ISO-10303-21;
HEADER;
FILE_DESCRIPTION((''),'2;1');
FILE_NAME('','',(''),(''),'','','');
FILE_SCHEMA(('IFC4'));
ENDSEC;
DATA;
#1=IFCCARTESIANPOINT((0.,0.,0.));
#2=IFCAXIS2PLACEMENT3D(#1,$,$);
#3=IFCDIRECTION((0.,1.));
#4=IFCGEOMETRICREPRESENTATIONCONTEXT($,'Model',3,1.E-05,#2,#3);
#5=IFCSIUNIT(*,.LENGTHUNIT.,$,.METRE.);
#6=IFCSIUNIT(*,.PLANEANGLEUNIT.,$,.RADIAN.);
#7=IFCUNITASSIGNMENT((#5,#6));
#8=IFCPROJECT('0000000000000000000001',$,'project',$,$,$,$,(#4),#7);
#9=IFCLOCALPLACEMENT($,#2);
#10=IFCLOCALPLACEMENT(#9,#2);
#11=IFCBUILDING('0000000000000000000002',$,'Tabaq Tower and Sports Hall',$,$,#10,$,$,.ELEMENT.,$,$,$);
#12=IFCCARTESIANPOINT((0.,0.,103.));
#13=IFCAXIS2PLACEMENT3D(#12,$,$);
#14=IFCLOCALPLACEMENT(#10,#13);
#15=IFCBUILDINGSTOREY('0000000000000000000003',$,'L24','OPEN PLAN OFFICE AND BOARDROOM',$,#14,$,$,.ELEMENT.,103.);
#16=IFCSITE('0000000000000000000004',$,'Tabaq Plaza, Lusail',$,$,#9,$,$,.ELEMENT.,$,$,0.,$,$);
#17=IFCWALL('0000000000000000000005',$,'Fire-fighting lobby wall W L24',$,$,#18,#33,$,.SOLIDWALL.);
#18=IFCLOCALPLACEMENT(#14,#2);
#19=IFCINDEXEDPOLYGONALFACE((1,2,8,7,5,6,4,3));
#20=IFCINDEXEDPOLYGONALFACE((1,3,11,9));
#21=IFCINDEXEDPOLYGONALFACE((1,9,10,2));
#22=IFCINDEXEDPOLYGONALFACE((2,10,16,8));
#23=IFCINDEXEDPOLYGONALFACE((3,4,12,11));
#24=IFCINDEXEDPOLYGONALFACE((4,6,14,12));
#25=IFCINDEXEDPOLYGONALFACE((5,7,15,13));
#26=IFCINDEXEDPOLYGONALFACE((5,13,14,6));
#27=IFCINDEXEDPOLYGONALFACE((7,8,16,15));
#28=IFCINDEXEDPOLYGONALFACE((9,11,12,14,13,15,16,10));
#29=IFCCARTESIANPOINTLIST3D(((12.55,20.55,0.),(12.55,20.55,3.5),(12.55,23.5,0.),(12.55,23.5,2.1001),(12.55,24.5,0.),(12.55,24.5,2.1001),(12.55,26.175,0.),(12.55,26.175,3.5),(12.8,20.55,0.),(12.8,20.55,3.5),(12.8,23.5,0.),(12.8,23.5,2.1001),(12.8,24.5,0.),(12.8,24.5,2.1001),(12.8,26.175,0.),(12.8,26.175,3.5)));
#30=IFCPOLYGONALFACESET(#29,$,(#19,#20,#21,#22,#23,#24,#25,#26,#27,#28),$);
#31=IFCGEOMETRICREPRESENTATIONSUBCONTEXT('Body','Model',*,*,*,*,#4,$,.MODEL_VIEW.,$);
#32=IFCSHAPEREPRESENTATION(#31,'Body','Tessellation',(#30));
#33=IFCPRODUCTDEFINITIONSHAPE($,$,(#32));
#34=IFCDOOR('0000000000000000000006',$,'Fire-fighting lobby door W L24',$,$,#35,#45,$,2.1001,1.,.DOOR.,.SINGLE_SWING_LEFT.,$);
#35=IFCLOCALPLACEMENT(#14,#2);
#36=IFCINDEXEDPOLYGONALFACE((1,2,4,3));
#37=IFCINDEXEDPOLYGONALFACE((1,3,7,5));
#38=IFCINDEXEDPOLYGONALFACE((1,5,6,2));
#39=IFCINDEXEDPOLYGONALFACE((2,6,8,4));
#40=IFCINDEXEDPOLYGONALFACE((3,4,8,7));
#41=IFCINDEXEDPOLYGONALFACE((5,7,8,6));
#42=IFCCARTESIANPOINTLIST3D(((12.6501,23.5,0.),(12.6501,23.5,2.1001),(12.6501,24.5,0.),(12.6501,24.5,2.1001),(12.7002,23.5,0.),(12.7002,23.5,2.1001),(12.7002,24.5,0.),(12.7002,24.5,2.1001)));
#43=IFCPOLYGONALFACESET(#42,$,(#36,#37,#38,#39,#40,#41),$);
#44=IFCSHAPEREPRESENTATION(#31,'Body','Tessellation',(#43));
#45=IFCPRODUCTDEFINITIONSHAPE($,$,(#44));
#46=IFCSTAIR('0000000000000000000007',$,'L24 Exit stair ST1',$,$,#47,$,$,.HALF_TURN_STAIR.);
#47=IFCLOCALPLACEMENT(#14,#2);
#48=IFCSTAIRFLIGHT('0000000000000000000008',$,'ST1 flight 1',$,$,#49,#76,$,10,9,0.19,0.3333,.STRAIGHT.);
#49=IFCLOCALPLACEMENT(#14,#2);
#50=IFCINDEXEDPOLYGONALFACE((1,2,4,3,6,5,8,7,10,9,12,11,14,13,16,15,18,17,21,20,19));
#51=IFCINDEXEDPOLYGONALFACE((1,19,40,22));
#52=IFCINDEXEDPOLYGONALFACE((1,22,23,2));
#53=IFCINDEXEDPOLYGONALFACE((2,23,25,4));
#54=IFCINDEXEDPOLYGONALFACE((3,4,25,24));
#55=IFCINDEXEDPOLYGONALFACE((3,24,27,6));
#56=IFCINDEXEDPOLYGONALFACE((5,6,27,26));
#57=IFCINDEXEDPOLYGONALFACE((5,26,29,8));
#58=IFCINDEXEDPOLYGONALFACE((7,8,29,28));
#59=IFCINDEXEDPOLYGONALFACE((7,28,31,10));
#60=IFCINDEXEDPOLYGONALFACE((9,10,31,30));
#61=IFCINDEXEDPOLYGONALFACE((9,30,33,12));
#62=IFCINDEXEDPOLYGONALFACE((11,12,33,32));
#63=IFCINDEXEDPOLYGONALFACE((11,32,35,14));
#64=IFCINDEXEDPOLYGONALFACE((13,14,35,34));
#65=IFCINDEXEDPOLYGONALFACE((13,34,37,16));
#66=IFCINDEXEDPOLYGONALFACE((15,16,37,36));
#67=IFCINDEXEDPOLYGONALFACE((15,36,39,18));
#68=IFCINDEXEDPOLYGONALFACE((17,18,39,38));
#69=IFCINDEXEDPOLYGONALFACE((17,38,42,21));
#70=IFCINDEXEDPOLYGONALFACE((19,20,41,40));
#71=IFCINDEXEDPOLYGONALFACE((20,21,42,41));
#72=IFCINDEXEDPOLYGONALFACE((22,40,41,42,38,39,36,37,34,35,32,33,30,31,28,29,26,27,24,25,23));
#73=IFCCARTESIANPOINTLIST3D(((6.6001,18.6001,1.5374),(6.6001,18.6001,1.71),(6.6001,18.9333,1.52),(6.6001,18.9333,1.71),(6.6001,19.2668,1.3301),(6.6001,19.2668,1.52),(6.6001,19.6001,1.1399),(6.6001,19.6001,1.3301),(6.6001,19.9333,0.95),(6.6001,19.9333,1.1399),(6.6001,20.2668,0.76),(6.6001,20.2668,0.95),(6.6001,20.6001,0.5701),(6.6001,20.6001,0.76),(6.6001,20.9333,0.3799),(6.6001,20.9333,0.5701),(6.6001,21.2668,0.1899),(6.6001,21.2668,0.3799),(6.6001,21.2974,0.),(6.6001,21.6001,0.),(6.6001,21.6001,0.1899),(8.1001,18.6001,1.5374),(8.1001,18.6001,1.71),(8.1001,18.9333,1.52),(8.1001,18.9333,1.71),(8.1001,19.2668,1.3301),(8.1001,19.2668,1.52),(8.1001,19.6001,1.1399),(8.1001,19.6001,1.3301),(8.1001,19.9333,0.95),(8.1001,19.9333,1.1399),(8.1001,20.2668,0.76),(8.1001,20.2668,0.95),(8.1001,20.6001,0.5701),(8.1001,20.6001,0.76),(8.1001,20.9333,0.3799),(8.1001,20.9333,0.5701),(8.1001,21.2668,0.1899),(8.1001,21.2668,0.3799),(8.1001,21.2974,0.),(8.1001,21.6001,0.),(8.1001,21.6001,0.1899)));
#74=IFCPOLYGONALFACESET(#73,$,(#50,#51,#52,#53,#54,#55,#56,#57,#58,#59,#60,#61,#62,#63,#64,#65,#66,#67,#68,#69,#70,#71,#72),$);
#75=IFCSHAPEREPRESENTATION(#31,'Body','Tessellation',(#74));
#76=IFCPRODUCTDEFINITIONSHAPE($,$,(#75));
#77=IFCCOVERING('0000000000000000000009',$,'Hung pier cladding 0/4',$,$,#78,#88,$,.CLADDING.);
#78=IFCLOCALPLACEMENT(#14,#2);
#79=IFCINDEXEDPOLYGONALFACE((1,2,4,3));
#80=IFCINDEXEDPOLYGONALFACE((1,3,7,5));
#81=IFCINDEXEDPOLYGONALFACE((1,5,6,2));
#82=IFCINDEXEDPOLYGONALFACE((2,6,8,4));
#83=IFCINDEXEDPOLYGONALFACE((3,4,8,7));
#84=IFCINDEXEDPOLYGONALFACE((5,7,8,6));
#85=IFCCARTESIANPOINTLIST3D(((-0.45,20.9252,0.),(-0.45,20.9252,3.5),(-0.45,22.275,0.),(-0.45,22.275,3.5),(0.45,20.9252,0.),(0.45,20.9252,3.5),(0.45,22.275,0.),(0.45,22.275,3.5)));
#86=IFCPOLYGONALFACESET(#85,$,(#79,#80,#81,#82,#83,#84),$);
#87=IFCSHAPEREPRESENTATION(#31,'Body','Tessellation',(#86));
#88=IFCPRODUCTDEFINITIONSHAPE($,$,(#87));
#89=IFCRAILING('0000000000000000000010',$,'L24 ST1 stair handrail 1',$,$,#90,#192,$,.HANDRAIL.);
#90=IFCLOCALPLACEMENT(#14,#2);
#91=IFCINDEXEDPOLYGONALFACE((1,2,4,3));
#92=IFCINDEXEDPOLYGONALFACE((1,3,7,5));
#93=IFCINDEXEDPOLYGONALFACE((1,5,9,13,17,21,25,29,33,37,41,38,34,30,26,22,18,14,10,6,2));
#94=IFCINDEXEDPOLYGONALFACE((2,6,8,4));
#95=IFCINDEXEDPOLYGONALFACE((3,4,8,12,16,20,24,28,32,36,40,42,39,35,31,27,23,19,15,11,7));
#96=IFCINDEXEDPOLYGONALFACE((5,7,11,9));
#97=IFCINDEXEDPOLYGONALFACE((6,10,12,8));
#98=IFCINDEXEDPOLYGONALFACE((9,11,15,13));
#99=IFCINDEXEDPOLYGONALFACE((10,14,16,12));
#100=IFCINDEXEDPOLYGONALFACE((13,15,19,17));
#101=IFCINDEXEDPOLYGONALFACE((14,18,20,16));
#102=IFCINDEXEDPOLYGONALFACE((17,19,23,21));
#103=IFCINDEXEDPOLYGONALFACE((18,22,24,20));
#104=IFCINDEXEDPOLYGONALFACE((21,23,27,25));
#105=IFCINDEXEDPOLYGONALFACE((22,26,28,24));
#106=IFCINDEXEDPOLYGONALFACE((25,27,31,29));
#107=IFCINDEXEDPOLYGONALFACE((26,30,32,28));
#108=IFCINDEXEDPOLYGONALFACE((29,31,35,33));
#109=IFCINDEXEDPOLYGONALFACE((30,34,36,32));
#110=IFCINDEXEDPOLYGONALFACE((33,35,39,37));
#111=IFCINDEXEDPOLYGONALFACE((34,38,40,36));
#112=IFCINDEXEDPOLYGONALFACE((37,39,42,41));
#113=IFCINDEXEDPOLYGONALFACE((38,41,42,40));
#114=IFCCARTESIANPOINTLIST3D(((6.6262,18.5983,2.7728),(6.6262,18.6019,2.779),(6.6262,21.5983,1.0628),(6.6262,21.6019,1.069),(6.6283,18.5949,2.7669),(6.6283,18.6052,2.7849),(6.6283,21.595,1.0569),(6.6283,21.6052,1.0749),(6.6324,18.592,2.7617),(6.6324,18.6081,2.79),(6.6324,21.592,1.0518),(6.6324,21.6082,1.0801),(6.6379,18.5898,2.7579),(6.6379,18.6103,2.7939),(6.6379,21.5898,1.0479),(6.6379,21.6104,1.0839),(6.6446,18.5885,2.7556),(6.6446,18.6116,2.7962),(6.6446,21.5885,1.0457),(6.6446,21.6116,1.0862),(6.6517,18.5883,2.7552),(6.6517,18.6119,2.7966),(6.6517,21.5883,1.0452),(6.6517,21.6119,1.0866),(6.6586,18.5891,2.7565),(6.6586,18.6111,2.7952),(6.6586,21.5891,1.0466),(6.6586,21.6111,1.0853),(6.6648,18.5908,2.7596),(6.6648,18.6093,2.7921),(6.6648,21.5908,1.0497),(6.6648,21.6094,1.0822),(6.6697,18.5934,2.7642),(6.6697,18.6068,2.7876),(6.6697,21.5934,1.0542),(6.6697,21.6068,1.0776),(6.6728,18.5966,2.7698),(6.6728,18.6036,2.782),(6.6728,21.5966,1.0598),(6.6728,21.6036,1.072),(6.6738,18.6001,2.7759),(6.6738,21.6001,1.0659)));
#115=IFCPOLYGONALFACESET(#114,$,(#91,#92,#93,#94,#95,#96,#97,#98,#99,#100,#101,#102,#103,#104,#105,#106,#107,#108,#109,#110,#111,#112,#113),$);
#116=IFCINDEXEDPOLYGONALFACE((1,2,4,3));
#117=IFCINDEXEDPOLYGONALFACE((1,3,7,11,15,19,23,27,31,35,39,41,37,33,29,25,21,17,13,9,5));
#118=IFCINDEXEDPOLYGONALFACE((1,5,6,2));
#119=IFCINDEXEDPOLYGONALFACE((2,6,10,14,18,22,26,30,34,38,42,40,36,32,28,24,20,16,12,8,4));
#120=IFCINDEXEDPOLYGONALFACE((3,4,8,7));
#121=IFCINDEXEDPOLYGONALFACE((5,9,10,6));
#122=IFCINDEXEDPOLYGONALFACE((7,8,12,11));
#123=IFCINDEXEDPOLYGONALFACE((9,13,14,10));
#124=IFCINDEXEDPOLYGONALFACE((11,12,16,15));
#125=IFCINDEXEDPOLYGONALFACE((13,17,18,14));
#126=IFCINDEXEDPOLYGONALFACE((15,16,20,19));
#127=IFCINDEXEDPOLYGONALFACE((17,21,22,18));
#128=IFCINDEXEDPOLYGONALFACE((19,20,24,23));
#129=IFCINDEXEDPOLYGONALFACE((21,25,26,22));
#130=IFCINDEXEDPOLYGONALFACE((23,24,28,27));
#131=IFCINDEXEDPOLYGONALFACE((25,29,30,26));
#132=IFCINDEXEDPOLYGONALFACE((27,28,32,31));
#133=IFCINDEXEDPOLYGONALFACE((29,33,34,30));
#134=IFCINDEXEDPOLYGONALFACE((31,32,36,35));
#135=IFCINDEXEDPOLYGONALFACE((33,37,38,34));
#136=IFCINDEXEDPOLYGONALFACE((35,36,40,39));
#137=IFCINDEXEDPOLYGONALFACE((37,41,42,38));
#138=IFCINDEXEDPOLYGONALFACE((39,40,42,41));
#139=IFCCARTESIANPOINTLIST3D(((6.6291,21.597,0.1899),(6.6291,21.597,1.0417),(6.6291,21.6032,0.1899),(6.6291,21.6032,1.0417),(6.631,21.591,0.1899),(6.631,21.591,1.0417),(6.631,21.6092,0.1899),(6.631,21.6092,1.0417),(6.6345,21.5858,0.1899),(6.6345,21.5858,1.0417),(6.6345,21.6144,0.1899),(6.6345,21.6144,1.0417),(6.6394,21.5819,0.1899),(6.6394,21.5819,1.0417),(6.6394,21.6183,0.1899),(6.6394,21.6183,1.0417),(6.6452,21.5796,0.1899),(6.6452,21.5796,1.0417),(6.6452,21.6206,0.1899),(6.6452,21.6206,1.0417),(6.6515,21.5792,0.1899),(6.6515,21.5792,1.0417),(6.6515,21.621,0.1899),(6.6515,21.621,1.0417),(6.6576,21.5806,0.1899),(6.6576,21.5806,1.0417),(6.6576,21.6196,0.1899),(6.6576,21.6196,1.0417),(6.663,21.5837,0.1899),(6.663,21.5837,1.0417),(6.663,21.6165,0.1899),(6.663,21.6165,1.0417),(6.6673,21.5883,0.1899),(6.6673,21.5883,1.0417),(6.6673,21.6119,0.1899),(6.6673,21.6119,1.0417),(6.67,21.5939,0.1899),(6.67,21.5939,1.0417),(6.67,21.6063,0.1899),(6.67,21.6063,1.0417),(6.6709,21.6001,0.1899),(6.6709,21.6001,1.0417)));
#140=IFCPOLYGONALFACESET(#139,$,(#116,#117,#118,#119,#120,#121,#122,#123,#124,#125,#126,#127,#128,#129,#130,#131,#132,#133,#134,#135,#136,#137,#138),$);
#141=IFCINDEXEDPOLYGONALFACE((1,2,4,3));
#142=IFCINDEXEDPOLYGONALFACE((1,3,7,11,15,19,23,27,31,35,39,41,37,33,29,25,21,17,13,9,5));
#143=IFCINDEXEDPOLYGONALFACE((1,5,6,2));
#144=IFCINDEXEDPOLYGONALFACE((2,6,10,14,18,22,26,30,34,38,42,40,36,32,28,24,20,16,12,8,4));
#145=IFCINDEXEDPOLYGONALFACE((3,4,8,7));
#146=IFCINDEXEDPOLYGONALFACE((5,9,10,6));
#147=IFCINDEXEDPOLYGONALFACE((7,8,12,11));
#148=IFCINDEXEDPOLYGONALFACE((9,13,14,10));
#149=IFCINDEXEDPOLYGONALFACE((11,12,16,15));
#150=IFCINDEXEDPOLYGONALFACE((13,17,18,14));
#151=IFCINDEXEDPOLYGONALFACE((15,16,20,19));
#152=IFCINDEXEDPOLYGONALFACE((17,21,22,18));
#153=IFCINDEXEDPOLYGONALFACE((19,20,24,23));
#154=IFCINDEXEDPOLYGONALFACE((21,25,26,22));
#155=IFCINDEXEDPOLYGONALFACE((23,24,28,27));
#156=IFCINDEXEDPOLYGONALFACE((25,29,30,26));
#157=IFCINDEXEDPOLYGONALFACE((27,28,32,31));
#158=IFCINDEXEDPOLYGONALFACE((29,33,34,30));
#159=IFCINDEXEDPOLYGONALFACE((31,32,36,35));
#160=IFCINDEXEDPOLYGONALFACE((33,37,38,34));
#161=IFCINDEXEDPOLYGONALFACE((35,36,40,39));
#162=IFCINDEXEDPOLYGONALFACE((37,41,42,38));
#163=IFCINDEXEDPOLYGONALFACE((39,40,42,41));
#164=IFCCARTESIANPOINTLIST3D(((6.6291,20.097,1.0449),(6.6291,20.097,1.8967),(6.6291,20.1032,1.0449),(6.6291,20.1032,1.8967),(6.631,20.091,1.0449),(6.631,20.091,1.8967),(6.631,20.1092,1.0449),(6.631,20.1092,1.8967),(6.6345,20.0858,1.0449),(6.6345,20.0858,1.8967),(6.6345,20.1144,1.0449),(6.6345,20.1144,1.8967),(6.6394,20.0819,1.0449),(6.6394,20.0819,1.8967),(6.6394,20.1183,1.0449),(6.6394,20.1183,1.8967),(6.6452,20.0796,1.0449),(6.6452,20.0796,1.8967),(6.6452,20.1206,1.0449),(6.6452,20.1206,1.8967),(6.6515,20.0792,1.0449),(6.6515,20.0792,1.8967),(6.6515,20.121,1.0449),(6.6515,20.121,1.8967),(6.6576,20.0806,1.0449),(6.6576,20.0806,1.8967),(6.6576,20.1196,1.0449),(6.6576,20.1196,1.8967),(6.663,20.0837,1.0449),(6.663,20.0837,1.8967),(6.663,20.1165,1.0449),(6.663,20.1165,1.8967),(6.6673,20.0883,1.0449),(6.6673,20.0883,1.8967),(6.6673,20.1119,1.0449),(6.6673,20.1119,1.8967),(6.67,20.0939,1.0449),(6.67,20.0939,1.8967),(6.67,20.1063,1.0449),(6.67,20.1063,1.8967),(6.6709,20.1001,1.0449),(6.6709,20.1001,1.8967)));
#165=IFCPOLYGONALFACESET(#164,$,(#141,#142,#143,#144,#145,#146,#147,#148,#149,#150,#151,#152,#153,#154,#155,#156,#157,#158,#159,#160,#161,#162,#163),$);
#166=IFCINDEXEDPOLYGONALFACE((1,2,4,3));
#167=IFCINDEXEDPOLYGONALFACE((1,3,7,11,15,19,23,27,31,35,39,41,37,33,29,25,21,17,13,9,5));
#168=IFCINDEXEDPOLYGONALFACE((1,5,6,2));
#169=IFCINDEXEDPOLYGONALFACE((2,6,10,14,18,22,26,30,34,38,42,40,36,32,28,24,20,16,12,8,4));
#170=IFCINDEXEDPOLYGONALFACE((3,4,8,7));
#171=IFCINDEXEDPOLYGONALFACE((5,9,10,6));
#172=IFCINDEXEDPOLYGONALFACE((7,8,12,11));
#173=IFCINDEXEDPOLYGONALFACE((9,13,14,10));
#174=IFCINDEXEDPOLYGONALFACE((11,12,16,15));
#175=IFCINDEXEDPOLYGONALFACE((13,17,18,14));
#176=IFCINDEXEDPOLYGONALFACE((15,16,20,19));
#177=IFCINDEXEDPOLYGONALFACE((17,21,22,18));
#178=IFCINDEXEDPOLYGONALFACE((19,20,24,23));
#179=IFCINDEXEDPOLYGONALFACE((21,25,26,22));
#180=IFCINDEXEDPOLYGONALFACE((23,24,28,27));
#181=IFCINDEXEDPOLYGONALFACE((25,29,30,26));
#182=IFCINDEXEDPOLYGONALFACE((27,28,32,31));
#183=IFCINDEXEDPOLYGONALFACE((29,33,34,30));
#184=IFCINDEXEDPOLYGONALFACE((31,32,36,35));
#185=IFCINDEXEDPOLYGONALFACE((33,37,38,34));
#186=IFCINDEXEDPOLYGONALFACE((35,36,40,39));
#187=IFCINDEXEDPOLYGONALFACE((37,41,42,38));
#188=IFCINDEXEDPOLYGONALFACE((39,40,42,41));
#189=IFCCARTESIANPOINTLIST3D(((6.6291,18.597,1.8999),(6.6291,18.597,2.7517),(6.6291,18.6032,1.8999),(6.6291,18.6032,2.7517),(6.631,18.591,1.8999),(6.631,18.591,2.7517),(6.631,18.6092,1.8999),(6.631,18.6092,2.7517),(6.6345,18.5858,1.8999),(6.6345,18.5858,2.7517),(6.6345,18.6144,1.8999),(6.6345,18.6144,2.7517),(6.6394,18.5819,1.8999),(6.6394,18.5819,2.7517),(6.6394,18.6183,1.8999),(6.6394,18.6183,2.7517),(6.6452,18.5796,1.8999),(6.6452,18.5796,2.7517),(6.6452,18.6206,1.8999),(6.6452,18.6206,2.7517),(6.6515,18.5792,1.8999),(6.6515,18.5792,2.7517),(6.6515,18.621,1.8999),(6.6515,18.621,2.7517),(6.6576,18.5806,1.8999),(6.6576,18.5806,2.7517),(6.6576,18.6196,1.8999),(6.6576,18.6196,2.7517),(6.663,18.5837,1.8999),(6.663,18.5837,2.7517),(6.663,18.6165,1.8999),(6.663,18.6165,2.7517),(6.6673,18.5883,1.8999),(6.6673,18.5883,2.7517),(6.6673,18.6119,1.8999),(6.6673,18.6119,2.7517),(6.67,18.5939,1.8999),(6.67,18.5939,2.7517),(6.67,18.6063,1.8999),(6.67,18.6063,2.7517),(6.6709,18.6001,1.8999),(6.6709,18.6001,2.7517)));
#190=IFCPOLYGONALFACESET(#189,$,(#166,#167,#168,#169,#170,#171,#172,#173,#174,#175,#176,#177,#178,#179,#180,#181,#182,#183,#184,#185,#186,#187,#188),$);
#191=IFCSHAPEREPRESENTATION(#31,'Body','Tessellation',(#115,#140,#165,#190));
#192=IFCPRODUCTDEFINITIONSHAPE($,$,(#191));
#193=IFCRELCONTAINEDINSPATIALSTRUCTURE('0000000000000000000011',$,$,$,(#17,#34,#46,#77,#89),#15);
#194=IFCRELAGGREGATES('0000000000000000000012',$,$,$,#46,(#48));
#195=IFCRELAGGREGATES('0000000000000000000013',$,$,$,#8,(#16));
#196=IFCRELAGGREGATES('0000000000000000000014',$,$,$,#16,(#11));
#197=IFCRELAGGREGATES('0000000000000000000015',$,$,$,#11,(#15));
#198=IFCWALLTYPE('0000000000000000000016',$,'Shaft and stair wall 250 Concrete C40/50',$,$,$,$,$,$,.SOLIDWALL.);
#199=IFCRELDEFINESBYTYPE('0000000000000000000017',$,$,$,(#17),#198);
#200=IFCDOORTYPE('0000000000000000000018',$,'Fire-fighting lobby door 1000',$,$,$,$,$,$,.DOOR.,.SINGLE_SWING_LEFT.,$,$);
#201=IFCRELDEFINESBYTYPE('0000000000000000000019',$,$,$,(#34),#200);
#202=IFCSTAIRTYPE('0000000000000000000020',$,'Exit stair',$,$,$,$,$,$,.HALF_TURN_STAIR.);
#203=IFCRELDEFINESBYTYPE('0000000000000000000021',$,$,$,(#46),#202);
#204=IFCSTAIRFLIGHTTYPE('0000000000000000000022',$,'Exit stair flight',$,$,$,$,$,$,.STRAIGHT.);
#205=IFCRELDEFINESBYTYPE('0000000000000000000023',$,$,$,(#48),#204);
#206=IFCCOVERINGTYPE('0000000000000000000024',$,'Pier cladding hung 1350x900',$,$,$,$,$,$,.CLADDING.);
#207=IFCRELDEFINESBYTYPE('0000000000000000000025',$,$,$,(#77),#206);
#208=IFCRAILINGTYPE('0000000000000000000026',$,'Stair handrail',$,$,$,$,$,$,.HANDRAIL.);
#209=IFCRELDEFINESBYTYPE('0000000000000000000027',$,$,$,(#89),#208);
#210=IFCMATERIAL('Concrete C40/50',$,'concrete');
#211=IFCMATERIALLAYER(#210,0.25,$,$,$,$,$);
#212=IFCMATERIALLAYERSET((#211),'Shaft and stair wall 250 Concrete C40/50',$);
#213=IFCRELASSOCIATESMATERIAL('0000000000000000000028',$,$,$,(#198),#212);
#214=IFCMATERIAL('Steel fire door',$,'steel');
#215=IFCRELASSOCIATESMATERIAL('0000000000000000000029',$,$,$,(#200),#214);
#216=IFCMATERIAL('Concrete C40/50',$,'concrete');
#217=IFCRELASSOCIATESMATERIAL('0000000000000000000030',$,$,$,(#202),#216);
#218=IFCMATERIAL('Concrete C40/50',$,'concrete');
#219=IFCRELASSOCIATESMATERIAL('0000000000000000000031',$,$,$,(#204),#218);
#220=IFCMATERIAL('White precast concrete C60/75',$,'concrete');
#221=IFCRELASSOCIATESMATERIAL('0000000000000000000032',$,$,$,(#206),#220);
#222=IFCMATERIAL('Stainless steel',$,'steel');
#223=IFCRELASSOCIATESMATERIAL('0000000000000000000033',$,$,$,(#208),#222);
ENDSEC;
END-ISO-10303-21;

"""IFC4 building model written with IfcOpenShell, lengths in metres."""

from ifc_helpers import new_model, si_unit, direction, frame, frame_2d, origin, origin_2d, place, context, subcontext, project, spatial, polyline, rectangle, circle, outline, extrude, material, layer, layer_set, type_object, element, fill, aggregate, save


model = new_model("IFC4")

# Units and contexts
model_context = context("Model", 3, precision=1e-05, world=origin(), true_north=direction((0.0, 1.0)))
body_context = subcontext(model_context, "Body", "Model", "MODEL_VIEW")
ifc_project = project(units=[si_unit("LENGTHUNIT", "METRE"), si_unit("PLANEANGLEUNIT", "RADIAN")], contexts=[model_context])

# Site, building, storey
site_placement = place(None, origin())
site = spatial("IfcSite", under=ifc_project, at=site_placement, Name="Tabaq Plaza, Lusail", CompositionType="ELEMENT", RefElevation=0.0)
building_placement = place(site_placement, origin())
building = spatial("IfcBuilding", under=site, at=building_placement, Name="Tabaq Tower and Sports Hall", CompositionType="ELEMENT")
storey_placement = place(building_placement, frame((0.0, 0.0, 103.0)))
storey = spatial("IfcBuildingStorey", under=building, at=storey_placement, Name="L24", Description="OPEN PLAN OFFICE AND BOARDROOM", CompositionType="ELEMENT", Elevation=103.0)

# Shared definitions
ifc_material_1 = material(Name="Concrete C40/50", Category="concrete")
ifc_layer_1 = layer(ifc_material_1, 0.25)
ifc_layer_set_1 = layer_set([ifc_layer_1], Name="Shaft and stair wall 250 Concrete C40/50")
wall_type_1 = type_object("IfcWallType", Name="Shaft and stair wall 250 Concrete C40/50", PredefinedType="SOLIDWALL", material=ifc_layer_set_1)

# Wall, opening, door
wall_1_placement = place(storey_placement, frame((12.675, 20.55, 0.0), z_axis=(0.0, 0.0, 1.0), x_axis=(0.0, 1.0, 0.0)))
wall_1 = element("IfcWall", 1, at=wall_1_placement, inside=storey, type_object=wall_type_1, Name="Fire-fighting lobby wall W L24", PredefinedType="SOLIDWALL", context=body_context, shape_type="SweptSolid", body=[
    extrude(rectangle(XDim=5.625, YDim=0.25, at=frame_2d((2.8125, 0.0))), origin(), (0.0, 0.0, 1.0), 3.5),
])
opening_1_placement = place(wall_1_placement, frame((2.95, 0.0, 0.0)))
opening_1 = element("IfcOpeningElement", 2, at=opening_1_placement, cuts=wall_1, PredefinedType="OPENING", context=body_context, shape_type="SweptSolid", body=[
    extrude(rectangle(XDim=1.0, YDim=2.1001, at=frame_2d((0.5, 1.05))), frame((0.0, 0.125, 0.0), z_axis=(0.0, -1.0, 0.0), x_axis=(1.0, 0.0, 0.0)), (0.0, 0.0, 1.0), 0.25),
])
ifc_material_2 = material(Name="Steel fire door", Category="steel")
door_type_1 = type_object("IfcDoorType", Name="Fire-fighting lobby door 1000", OperationType="SINGLE_SWING_LEFT", PredefinedType="DOOR", material=ifc_material_2)
door_1_placement = place(opening_1_placement, origin())
door_1 = element("IfcDoor", 3, at=door_1_placement, inside=storey, type_object=door_type_1, Name="Fire-fighting lobby door W L24", OperationType="SINGLE_SWING_LEFT", OverallHeight=2.1001, OverallWidth=1.0, PredefinedType="DOOR", context=body_context, shape_type="SweptSolid", body=[
    extrude(rectangle(XDim=1.0, YDim=2.1001, at=frame_2d((0.5, 1.05))), frame((0.0, 0.0249, 0.0), z_axis=(0.0, -1.0, 0.0), x_axis=(1.0, 0.0, 0.0)), (0.0, 0.0, 1.0), 0.05),
])
fill(opening_1, door_1)

# Stair, stair flight
ifc_material_3 = material(Name="Concrete C40/50", Category="concrete")
stair_type = type_object("IfcStairType", Name="Exit stair", PredefinedType="HALF_TURN_STAIR", material=ifc_material_3)
stair_placement = place(storey_placement, origin())
stair = element("IfcStair", 4, at=stair_placement, inside=storey, type_object=stair_type, Name="L24 Exit stair ST1", PredefinedType="HALF_TURN_STAIR")
ifc_material_4 = material(Name="Concrete C40/50", Category="concrete")
stair_flight_type = type_object("IfcStairFlightType", Name="Exit stair flight", PredefinedType="STRAIGHT", material=ifc_material_4)
stair_flight_placement = place(storey_placement, frame((7.3501, 21.6001, 0.0), z_axis=(0.0, 0.0, 1.0), x_axis=(0.0, -1.0, 0.0)))
stair_flight = element("IfcStairFlight", 5, at=stair_flight_placement, type_object=stair_flight_type, Name="ST1 flight 1", NumberOfRisers=10, NumberOfTreads=9, PredefinedType="STRAIGHT", RiserHeight=0.19, TreadLength=0.3333, context=body_context, shape_type="SweptSolid", body=[
    extrude(outline(polyline([(0.0, 0.0), (0.0, 0.1899), (0.3333, 0.1899), (0.3333, 0.3799), (0.6667, 0.3799), (0.6667, 0.5701), (1.0, 0.5701), (1.0, 0.76), (1.3333, 0.76), (1.3333, 0.95), (1.6667, 0.95), (1.6667, 1.1399), (2.0, 1.1399), (2.0, 1.3301), (2.3333, 1.3301), (2.3333, 1.52), (2.6667, 1.52), (2.6667, 1.71), (3.0, 1.71), (3.0, 1.8999), (3.0, 1.5374), (0.3027, 0.0), (0.0, 0.0)])), frame((0.0, 0.75, 0.0), z_axis=(0.0, -1.0, 0.0), x_axis=(1.0, 0.0, 0.0)), (0.0, 0.0, 1.0), 1.5),
])
aggregate(stair, [stair_flight])

# Covering
ifc_material_5 = material(Name="White precast concrete C60/75", Category="concrete")
covering_type_1 = type_object("IfcCoveringType", Name="Pier cladding hung 1350x900", PredefinedType="CLADDING", material=ifc_material_5)
covering_1_placement = place(storey_placement, frame((0.0, 22.2749, 0.0), z_axis=(0.0, 0.0, 1.0), x_axis=(0.0, -1.0, 0.0)))
element("IfcCovering", 6, at=covering_1_placement, inside=storey, type_object=covering_type_1, Name="Hung pier cladding 0/4", PredefinedType="CLADDING", context=body_context, shape_type="SweptSolid", body=[
    extrude(rectangle(XDim=1.3499, YDim=0.8999, at=frame_2d((0.6748, 0.0))), origin(), (0.0, 0.0, 1.0), 3.5),
])

# Railing
ifc_material_6 = material(Name="Stainless steel", Category="steel")
railing_type_1 = type_object("IfcRailingType", Name="Stair handrail", PredefinedType="HANDRAIL", material=ifc_material_6)
railing_1_placement = place(storey_placement, frame((6.6499, 21.6001, 0.1899)))
element("IfcRailing", 7, at=railing_1_placement, inside=storey, type_object=railing_type_1, Name="L24 ST1 stair handrail 1", PredefinedType="HANDRAIL", context=body_context, shape_type="SweptSolid", body=[
    extrude(circle(Radius=0.0239, at=origin_2d()), frame((0.0, 0.0, 0.876), z_axis=(0.0, -0.868782, 0.495195), x_axis=(1.0, 0.0, 0.0)), (0.0, 0.0, 1.0), 3.4531),
    extrude(circle(Radius=0.021, at=origin_2d()), origin(), (0.0, 0.0, 1.0), 0.8518),
    extrude(circle(Radius=0.021, at=origin_2d()), frame((0.0, -1.5, 0.855)), (0.0, 0.0, 1.0), 0.8518),
    extrude(circle(Radius=0.021, at=origin_2d()), frame((0.0, -3.0, 1.71)), (0.0, 0.0, 1.0), 0.8518),
])

save(model, "model.ifc")
